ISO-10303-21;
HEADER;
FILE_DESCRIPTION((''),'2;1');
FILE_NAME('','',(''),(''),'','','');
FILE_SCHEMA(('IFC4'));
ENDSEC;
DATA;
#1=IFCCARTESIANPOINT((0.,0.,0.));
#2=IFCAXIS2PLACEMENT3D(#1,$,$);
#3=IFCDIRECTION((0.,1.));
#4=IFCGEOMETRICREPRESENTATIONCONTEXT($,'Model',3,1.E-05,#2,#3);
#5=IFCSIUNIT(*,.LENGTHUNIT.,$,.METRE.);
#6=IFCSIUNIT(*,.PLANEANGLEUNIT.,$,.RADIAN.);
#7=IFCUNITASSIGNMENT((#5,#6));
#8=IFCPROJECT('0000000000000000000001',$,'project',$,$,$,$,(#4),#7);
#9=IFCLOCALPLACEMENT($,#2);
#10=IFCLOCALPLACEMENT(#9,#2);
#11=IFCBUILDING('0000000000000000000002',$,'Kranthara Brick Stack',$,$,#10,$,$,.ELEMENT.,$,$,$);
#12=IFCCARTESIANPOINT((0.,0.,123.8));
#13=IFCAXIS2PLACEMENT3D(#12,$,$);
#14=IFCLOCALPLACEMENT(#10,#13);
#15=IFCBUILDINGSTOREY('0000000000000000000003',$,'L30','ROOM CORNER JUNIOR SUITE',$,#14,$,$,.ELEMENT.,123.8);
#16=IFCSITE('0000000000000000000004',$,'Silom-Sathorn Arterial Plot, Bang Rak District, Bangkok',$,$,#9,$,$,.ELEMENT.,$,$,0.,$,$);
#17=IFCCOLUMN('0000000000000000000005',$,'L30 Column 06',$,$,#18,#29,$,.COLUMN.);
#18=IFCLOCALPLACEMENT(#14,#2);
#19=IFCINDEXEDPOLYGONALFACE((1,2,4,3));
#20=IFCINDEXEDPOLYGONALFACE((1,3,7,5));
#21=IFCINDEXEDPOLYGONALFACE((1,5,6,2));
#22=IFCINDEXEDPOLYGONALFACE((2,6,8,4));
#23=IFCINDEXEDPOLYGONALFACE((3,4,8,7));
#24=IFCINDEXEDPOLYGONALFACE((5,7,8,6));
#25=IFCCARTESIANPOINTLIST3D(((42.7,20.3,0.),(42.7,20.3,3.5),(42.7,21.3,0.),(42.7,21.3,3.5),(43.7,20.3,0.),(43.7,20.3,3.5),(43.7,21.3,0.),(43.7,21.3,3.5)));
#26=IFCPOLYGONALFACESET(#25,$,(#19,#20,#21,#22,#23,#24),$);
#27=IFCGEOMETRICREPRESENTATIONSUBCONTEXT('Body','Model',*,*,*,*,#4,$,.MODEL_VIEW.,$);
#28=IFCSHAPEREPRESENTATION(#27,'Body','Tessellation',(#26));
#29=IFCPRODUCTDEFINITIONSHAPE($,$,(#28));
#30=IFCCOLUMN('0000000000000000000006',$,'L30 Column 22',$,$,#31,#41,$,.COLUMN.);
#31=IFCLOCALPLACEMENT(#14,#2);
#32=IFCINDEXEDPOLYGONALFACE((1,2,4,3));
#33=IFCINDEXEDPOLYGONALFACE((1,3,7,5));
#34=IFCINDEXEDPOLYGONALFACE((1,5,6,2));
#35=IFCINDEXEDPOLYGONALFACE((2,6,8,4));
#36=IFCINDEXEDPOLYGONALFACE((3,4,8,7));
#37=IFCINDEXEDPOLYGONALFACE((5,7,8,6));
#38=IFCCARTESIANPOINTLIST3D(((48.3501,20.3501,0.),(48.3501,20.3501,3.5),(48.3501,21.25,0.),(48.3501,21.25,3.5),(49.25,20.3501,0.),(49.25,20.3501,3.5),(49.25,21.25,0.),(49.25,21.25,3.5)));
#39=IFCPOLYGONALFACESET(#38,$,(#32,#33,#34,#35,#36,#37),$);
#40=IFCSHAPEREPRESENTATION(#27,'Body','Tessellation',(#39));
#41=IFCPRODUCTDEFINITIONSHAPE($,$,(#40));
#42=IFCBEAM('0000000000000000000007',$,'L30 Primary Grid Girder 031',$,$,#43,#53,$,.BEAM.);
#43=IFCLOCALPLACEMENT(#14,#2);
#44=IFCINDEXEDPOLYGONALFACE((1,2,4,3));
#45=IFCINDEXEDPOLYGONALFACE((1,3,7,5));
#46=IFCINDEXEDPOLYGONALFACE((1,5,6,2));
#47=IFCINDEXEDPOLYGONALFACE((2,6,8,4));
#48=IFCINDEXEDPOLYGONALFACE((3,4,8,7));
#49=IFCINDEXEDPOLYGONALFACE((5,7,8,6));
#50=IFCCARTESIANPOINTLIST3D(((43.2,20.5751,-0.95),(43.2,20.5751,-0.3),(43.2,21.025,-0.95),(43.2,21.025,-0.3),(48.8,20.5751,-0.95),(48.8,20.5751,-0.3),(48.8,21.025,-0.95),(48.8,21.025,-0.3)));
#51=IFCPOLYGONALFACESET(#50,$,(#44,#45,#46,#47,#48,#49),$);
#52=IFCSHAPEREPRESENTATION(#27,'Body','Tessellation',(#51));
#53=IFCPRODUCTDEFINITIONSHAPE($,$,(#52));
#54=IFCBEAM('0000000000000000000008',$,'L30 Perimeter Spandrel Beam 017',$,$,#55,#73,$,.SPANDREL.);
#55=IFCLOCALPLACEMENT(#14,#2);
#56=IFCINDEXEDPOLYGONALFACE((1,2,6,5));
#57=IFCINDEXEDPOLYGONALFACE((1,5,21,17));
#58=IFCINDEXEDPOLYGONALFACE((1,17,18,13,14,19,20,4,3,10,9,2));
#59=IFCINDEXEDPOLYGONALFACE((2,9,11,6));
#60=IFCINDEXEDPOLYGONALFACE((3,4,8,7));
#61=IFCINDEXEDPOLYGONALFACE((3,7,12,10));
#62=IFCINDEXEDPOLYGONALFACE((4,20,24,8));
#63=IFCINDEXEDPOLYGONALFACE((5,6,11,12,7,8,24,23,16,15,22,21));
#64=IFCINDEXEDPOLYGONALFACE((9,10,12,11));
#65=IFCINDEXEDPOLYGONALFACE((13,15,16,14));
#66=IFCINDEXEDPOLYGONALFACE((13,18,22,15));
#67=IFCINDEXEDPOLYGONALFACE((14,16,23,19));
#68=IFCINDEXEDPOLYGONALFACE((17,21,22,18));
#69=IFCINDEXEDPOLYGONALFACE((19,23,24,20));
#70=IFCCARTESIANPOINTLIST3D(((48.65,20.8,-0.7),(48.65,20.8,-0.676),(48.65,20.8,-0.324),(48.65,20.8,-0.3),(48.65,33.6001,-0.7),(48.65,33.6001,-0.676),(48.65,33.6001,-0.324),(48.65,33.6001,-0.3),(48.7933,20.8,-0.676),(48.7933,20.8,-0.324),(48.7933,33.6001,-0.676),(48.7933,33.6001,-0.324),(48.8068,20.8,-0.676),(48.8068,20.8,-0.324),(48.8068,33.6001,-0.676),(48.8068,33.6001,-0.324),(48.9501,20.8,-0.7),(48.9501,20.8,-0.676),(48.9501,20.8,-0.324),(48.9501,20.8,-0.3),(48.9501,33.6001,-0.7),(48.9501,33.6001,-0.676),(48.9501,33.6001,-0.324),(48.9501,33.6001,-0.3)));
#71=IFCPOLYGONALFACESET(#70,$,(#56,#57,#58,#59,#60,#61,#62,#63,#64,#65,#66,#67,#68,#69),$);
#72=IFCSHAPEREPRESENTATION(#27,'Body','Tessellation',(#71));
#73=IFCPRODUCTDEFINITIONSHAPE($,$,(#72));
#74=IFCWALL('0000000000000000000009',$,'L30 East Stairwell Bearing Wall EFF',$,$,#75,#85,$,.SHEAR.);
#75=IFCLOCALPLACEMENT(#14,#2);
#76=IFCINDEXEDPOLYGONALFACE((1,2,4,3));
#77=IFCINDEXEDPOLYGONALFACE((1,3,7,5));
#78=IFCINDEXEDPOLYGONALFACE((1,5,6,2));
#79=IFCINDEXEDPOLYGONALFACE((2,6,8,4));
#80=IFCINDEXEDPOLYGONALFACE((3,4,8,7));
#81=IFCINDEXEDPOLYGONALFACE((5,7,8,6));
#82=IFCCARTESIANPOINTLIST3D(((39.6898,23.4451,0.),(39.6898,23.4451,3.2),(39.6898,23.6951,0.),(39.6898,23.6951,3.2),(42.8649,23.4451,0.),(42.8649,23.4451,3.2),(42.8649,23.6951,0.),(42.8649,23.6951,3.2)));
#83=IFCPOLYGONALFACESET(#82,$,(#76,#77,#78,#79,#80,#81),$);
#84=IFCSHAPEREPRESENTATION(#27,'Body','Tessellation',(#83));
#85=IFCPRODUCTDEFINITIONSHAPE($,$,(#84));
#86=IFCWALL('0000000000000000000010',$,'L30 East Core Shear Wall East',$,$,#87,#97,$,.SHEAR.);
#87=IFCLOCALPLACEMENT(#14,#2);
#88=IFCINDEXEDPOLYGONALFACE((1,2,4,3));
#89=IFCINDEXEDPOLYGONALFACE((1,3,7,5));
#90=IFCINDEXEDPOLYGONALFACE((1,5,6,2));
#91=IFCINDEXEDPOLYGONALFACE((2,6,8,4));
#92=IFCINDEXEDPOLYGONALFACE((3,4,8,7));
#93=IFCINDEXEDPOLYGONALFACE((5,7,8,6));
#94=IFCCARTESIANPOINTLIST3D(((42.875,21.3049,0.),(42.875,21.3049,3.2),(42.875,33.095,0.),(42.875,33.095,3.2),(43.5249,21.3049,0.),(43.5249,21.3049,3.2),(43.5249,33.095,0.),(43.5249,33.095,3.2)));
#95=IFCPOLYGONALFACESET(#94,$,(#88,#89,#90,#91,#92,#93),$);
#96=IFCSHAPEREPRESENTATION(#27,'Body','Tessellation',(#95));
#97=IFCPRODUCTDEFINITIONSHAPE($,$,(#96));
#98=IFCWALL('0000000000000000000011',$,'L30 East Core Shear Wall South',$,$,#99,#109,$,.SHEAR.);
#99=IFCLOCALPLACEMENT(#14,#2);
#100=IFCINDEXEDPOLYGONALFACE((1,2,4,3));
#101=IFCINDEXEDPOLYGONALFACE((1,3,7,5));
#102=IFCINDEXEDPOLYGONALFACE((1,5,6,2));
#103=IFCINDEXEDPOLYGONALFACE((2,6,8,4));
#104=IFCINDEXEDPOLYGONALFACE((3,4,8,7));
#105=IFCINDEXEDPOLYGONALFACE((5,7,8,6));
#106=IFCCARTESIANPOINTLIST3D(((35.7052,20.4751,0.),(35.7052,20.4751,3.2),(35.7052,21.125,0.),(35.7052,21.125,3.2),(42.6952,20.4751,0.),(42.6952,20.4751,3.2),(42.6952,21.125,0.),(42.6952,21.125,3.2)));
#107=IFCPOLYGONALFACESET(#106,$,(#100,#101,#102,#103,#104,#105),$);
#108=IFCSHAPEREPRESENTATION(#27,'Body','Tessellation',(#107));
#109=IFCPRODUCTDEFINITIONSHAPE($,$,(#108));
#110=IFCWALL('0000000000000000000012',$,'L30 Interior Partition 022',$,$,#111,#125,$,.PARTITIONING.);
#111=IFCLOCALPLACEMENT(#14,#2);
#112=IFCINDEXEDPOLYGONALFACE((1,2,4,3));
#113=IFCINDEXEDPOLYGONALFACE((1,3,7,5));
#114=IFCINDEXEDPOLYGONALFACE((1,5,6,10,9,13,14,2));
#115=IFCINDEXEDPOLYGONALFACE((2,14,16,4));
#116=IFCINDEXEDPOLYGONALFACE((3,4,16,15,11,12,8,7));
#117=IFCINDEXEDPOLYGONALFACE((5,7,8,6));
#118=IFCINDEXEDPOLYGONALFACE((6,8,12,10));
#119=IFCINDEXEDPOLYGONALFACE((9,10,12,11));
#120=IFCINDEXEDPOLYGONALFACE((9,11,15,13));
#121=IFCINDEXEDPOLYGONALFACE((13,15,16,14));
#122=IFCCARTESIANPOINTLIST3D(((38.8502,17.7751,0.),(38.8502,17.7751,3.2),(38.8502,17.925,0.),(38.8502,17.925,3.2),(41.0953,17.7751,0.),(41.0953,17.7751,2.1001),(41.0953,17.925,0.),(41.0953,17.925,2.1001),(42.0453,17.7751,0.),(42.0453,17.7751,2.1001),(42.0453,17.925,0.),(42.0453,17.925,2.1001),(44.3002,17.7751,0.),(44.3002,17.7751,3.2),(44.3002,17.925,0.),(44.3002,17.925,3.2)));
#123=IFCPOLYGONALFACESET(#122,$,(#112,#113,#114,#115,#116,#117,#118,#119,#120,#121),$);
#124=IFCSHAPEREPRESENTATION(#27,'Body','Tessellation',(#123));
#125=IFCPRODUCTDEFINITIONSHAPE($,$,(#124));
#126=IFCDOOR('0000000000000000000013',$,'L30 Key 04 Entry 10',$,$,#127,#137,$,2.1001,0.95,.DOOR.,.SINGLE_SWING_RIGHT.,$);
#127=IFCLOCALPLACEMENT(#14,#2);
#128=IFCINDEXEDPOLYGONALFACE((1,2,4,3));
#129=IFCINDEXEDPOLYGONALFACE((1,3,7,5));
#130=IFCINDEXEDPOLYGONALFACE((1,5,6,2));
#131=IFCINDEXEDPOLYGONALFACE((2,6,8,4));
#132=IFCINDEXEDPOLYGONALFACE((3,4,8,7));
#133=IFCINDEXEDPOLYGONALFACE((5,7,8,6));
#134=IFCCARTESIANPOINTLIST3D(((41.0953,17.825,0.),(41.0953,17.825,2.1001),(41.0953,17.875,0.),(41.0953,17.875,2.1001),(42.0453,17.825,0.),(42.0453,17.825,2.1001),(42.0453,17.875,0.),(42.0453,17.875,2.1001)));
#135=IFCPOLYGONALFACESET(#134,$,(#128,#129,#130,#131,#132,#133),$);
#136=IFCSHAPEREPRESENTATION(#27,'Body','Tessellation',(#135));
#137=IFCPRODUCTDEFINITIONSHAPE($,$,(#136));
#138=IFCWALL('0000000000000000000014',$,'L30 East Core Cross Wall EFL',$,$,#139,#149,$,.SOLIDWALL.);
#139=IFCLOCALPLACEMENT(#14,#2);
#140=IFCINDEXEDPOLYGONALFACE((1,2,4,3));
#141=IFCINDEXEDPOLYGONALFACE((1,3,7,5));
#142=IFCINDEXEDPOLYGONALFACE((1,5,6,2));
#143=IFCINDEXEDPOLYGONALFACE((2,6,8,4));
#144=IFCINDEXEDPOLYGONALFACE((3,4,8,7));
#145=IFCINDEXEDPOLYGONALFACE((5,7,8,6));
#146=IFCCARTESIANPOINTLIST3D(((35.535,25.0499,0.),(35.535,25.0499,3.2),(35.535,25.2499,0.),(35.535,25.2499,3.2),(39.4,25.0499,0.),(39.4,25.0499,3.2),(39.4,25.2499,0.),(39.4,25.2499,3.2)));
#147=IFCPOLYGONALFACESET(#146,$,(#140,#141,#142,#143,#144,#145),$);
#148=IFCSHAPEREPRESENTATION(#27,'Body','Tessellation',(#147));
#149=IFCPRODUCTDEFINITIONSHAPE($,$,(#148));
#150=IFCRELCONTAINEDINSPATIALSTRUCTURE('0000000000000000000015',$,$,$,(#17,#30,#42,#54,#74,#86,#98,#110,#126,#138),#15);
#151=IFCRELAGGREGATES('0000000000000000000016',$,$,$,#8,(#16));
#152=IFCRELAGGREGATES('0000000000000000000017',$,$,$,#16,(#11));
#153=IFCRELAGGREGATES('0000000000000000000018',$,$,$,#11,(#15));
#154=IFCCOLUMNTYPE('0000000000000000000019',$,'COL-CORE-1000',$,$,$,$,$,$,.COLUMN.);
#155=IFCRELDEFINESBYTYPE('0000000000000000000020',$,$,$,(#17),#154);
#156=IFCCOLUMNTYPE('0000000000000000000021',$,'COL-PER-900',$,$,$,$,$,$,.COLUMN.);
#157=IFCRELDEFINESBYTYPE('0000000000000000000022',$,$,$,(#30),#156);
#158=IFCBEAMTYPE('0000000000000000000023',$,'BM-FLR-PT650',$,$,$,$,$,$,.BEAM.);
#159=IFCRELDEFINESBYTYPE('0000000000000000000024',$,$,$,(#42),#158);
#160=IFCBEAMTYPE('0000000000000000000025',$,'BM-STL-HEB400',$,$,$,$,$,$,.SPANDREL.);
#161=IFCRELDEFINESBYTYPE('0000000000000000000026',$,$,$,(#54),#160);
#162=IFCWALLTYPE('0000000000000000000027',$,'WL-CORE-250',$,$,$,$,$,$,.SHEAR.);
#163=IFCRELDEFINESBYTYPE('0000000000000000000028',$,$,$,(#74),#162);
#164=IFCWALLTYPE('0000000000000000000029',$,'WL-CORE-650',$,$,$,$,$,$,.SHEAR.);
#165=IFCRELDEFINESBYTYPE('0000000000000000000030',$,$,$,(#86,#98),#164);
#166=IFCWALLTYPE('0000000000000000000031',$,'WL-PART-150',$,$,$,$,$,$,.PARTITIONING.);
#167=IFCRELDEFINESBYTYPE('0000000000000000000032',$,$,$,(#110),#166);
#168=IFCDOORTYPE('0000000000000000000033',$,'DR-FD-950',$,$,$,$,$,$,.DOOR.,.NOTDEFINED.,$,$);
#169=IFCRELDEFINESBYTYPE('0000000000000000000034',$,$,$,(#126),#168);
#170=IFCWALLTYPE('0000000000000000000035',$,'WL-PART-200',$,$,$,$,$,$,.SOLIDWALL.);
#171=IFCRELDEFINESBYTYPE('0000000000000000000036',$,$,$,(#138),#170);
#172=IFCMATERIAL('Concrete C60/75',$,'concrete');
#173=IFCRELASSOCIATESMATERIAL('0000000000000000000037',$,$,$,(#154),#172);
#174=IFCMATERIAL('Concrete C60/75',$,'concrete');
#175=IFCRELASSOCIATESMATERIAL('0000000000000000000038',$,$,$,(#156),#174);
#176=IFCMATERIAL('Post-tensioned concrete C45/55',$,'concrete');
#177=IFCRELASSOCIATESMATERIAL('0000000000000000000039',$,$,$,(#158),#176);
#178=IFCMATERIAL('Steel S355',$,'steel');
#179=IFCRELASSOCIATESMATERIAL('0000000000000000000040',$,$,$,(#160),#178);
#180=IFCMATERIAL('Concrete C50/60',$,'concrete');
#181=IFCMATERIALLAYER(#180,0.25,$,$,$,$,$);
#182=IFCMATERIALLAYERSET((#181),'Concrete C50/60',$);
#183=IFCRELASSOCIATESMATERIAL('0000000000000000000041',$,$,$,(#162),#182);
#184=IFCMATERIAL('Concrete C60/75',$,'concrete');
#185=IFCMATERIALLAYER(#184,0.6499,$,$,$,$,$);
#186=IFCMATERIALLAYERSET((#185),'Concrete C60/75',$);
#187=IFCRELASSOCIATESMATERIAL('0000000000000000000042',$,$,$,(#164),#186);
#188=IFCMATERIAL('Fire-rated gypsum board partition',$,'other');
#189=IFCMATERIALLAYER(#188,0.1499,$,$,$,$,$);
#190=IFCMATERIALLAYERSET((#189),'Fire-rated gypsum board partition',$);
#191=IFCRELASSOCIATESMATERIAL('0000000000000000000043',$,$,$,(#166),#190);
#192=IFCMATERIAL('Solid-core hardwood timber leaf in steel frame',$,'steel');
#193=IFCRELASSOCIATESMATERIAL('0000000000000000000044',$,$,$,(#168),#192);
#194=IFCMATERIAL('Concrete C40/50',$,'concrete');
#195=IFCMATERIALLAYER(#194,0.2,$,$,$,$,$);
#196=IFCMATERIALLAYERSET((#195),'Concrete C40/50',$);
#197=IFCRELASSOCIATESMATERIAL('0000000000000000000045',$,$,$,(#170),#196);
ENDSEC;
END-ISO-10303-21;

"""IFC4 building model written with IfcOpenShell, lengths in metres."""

from ifc_helpers import new_model, si_unit, direction, frame, frame_2d, origin, origin_2d, place, context, subcontext, project, spatial, rectangle, i_section, extrude, material, layer, layer_set, material_profile, profile_set, type_object, element, fill, save


model = new_model("IFC4")

# Units and contexts
model_context = context("Model", 3, precision=1e-05, world=origin(), true_north=direction((0.0, 1.0)))
body_context = subcontext(model_context, "Body", "Model", "MODEL_VIEW")
ifc_project = project(units=[si_unit("LENGTHUNIT", "METRE"), si_unit("PLANEANGLEUNIT", "RADIAN")], contexts=[model_context])

# Site, building, storey
site_placement = place(None, origin())
site = spatial("IfcSite", under=ifc_project, at=site_placement, Name="Silom-Sathorn Arterial Plot, Bang Rak District, Bangkok", CompositionType="ELEMENT", RefElevation=0.0)
building_placement = place(site_placement, origin())
building = spatial("IfcBuilding", under=site, at=building_placement, Name="Kranthara Brick Stack", CompositionType="ELEMENT")
storey_placement = place(building_placement, frame((0.0, 0.0, 123.8)))
storey = spatial("IfcBuildingStorey", under=building, at=storey_placement, Name="L30", Description="ROOM CORNER JUNIOR SUITE", CompositionType="ELEMENT", Elevation=123.8)

# Columns
ifc_material_1 = material(Name="Concrete C60/75", Category="concrete")
ifc_material_profile_1 = material_profile(ifc_material_1, rectangle(XDim=1.0, YDim=1.0, at=origin_2d()), Name="RC 1000x1000")
ifc_profile_set_1 = profile_set([ifc_material_profile_1], Name="Concrete C60/75")
column_type_1 = type_object("IfcColumnType", Name="COL-CORE-1000", PredefinedType="COLUMN", material=ifc_profile_set_1)
column_1_placement = place(storey_placement, frame((43.2, 20.8, 0.0), z_axis=(0.0, 0.0, 1.0), x_axis=(1.0, 0.0, 0.0)))
element("IfcColumn", 1, at=column_1_placement, inside=storey, type_object=column_type_1, Name="L30 Column 06", PredefinedType="COLUMN", context=body_context, shape_type="SweptSolid", body=[
    extrude(rectangle(XDim=1.0, YDim=1.0, at=origin_2d()), origin(), (0.0, 0.0, 1.0), 3.5),
])
ifc_material_2 = material(Name="Concrete C60/75", Category="concrete")
ifc_material_profile_2 = material_profile(ifc_material_2, rectangle(XDim=0.8999, YDim=0.8999, at=origin_2d()), Name="RC 900x900")
ifc_profile_set_2 = profile_set([ifc_material_profile_2], Name="Concrete C60/75")
column_type_2 = type_object("IfcColumnType", Name="COL-PER-900", PredefinedType="COLUMN", material=ifc_profile_set_2)
column_2_placement = place(storey_placement, frame((48.8, 20.8, 0.0), z_axis=(0.0, 0.0, 1.0), x_axis=(1.0, 0.0, 0.0)))
element("IfcColumn", 2, at=column_2_placement, inside=storey, type_object=column_type_2, Name="L30 Column 22", PredefinedType="COLUMN", context=body_context, shape_type="SweptSolid", body=[
    extrude(rectangle(XDim=0.8999, YDim=0.8999, at=origin_2d()), origin(), (0.0, 0.0, 1.0), 3.5),
])

# Beams
ifc_material_3 = material(Name="Post-tensioned concrete C45/55", Category="concrete")
ifc_material_profile_3 = material_profile(ifc_material_3, rectangle(XDim=0.45, YDim=0.6499, at=origin_2d()), Name="PT 450x650")
ifc_profile_set_3 = profile_set([ifc_material_profile_3], Name="Post-tensioned concrete C45/55")
beam_type_1 = type_object("IfcBeamType", Name="BM-FLR-PT650", PredefinedType="BEAM", material=ifc_profile_set_3)
beam_1_placement = place(storey_placement, frame((43.2, 20.8, -0.625), z_axis=(1.0, 0.0, 0.0), x_axis=(0.0, 1.0, 0.0)))
element("IfcBeam", 3, at=beam_1_placement, inside=storey, type_object=beam_type_1, Name="L30 Primary Grid Girder 031", PredefinedType="BEAM", context=body_context, shape_type="SweptSolid", body=[
    extrude(rectangle(XDim=0.45, YDim=0.6499, at=origin_2d()), origin(), (0.0, 0.0, 1.0), 5.6001),
])
ifc_material_4 = material(Name="Steel S355", Category="steel")
ifc_material_profile_4 = material_profile(ifc_material_4, i_section(OverallWidth=0.3, OverallDepth=0.3999, WebThickness=0.0134, FlangeThickness=0.0239, at=origin_2d()), Name="HEB 400")
ifc_profile_set_4 = profile_set([ifc_material_profile_4], Name="Steel S355")
beam_type_2 = type_object("IfcBeamType", Name="BM-STL-HEB400", PredefinedType="SPANDREL", material=ifc_profile_set_4)
beam_2_placement = place(storey_placement, frame((48.8, 20.8, -0.5), z_axis=(0.0, 1.0, 0.0), x_axis=(-1.0, 0.0, 0.0)))
element("IfcBeam", 4, at=beam_2_placement, inside=storey, type_object=beam_type_2, Name="L30 Perimeter Spandrel Beam 017", PredefinedType="SPANDREL", context=body_context, shape_type="SweptSolid", body=[
    extrude(i_section(OverallWidth=0.3, OverallDepth=0.3999, WebThickness=0.0134, FlangeThickness=0.0239, at=origin_2d()), origin(), (0.0, 0.0, 1.0), 12.8),
])

# Shared definitions
ifc_material_5 = material(Name="Concrete C50/60", Category="concrete")
ifc_layer_1 = layer(ifc_material_5, 0.25)
ifc_layer_set_1 = layer_set([ifc_layer_1], Name="Concrete C50/60")
wall_type_1 = type_object("IfcWallType", Name="WL-CORE-250", PredefinedType="SHEAR", material=ifc_layer_set_1)

# Walls
wall_1_placement = place(storey_placement, frame((39.6899, 23.5701, 0.0), z_axis=(0.0, 0.0, 1.0), x_axis=(1.0, 0.0, 0.0)))
element("IfcWall", 5, at=wall_1_placement, inside=storey, type_object=wall_type_1, Name="L30 East Stairwell Bearing Wall EFF", PredefinedType="SHEAR", context=body_context, shape_type="SweptSolid", body=[
    extrude(rectangle(XDim=3.175, YDim=0.25, at=frame_2d((1.5874, 0.0))), origin(), (0.0, 0.0, 1.0), 3.2),
])
ifc_material_6 = material(Name="Concrete C60/75", Category="concrete")
ifc_layer_2 = layer(ifc_material_6, 0.6499)
ifc_layer_set_2 = layer_set([ifc_layer_2], Name="Concrete C60/75")
wall_type_2 = type_object("IfcWallType", Name="WL-CORE-650", PredefinedType="SHEAR", material=ifc_layer_set_2)
wall_2_placement = place(storey_placement, frame((43.2, 21.3049, 0.0), z_axis=(0.0, 0.0, 1.0), x_axis=(0.0, 1.0, 0.0)))
element("IfcWall", 6, at=wall_2_placement, inside=storey, type_object=wall_type_2, Name="L30 East Core Shear Wall East", PredefinedType="SHEAR", context=body_context, shape_type="SweptSolid", body=[
    extrude(rectangle(XDim=11.79, YDim=0.6499, at=frame_2d((5.895, 0.0))), origin(), (0.0, 0.0, 1.0), 3.2),
])
wall_3_placement = place(storey_placement, frame((35.7051, 20.8, 0.0), z_axis=(0.0, 0.0, 1.0), x_axis=(1.0, 0.0, 0.0)))
element("IfcWall", 7, at=wall_3_placement, inside=storey, type_object=wall_type_2, Name="L30 East Core Shear Wall South", PredefinedType="SHEAR", context=body_context, shape_type="SweptSolid", body=[
    extrude(rectangle(XDim=6.99, YDim=0.6499, at=frame_2d((3.4951, 0.0))), origin(), (0.0, 0.0, 1.0), 3.2),
])

# Wall, opening, door
ifc_material_7 = material(Name="Fire-rated gypsum board partition", Category="other")
ifc_layer_3 = layer(ifc_material_7, 0.1499)
ifc_layer_set_3 = layer_set([ifc_layer_3], Name="Fire-rated gypsum board partition")
wall_type_3 = type_object("IfcWallType", Name="WL-PART-150", PredefinedType="PARTITIONING", material=ifc_layer_set_3)
wall_4_placement = place(storey_placement, frame((38.8501, 17.8501, 0.0), z_axis=(0.0, 0.0, 1.0), x_axis=(1.0, 0.0, 0.0)))
wall_4 = element("IfcWall", 8, at=wall_4_placement, inside=storey, type_object=wall_type_3, Name="L30 Interior Partition 022", PredefinedType="PARTITIONING", context=body_context, shape_type="SweptSolid", body=[
    extrude(rectangle(XDim=5.45, YDim=0.1499, at=frame_2d((2.7251, 0.0))), origin(), (0.0, 0.0, 1.0), 3.2),
])
opening_1_placement = place(wall_4_placement, frame((2.2451, 0.0, 0.0)))
opening_1 = element("IfcOpeningElement", 9, at=opening_1_placement, cuts=wall_4, PredefinedType="OPENING", context=body_context, shape_type="SweptSolid", body=[
    extrude(rectangle(XDim=0.95, YDim=2.1001, at=frame_2d((0.4751, 1.05))), frame((0.0, 0.085, 0.0), z_axis=(0.0, -1.0, 0.0), x_axis=(1.0, 0.0, 0.0)), (0.0, 0.0, 1.0), 0.1699),
])
ifc_material_8 = material(Name="Solid-core hardwood timber leaf in steel frame", Category="steel")
door_type_1 = type_object("IfcDoorType", Name="DR-FD-950", OperationType="NOTDEFINED", PredefinedType="DOOR", material=ifc_material_8)
door_1_placement = place(opening_1_placement, origin())
door_1 = element("IfcDoor", 10, at=door_1_placement, inside=storey, type_object=door_type_1, Name="L30 Key 04 Entry 10", OperationType="SINGLE_SWING_RIGHT", OverallHeight=2.1001, OverallWidth=0.95, PredefinedType="DOOR", context=body_context, shape_type="SweptSolid", body=[
    extrude(rectangle(XDim=0.95, YDim=2.1001, at=frame_2d((0.4751, 1.05))), frame((0.0, 0.0249, 0.0), z_axis=(0.0, -1.0, 0.0), x_axis=(1.0, 0.0, 0.0)), (0.0, 0.0, 1.0), 0.05),
])
fill(opening_1, door_1)

# Wall
ifc_material_9 = material(Name="Concrete C40/50", Category="concrete")
ifc_layer_4 = layer(ifc_material_9, 0.2)
ifc_layer_set_4 = layer_set([ifc_layer_4], Name="Concrete C40/50")
wall_type_4 = type_object("IfcWallType", Name="WL-PART-200", PredefinedType="SOLIDWALL", material=ifc_layer_set_4)
wall_5_placement = place(storey_placement, frame((35.5349, 25.1499, 0.0), z_axis=(0.0, 0.0, 1.0), x_axis=(1.0, 0.0, 0.0)))
element("IfcWall", 11, at=wall_5_placement, inside=storey, type_object=wall_type_4, Name="L30 East Core Cross Wall EFL", PredefinedType="SOLIDWALL", context=body_context, shape_type="SweptSolid", body=[
    extrude(rectangle(XDim=3.865, YDim=0.2, at=frame_2d((1.9326, 0.0))), origin(), (0.0, 0.0, 1.0), 3.2),
])

save(model, "model.ifc")
